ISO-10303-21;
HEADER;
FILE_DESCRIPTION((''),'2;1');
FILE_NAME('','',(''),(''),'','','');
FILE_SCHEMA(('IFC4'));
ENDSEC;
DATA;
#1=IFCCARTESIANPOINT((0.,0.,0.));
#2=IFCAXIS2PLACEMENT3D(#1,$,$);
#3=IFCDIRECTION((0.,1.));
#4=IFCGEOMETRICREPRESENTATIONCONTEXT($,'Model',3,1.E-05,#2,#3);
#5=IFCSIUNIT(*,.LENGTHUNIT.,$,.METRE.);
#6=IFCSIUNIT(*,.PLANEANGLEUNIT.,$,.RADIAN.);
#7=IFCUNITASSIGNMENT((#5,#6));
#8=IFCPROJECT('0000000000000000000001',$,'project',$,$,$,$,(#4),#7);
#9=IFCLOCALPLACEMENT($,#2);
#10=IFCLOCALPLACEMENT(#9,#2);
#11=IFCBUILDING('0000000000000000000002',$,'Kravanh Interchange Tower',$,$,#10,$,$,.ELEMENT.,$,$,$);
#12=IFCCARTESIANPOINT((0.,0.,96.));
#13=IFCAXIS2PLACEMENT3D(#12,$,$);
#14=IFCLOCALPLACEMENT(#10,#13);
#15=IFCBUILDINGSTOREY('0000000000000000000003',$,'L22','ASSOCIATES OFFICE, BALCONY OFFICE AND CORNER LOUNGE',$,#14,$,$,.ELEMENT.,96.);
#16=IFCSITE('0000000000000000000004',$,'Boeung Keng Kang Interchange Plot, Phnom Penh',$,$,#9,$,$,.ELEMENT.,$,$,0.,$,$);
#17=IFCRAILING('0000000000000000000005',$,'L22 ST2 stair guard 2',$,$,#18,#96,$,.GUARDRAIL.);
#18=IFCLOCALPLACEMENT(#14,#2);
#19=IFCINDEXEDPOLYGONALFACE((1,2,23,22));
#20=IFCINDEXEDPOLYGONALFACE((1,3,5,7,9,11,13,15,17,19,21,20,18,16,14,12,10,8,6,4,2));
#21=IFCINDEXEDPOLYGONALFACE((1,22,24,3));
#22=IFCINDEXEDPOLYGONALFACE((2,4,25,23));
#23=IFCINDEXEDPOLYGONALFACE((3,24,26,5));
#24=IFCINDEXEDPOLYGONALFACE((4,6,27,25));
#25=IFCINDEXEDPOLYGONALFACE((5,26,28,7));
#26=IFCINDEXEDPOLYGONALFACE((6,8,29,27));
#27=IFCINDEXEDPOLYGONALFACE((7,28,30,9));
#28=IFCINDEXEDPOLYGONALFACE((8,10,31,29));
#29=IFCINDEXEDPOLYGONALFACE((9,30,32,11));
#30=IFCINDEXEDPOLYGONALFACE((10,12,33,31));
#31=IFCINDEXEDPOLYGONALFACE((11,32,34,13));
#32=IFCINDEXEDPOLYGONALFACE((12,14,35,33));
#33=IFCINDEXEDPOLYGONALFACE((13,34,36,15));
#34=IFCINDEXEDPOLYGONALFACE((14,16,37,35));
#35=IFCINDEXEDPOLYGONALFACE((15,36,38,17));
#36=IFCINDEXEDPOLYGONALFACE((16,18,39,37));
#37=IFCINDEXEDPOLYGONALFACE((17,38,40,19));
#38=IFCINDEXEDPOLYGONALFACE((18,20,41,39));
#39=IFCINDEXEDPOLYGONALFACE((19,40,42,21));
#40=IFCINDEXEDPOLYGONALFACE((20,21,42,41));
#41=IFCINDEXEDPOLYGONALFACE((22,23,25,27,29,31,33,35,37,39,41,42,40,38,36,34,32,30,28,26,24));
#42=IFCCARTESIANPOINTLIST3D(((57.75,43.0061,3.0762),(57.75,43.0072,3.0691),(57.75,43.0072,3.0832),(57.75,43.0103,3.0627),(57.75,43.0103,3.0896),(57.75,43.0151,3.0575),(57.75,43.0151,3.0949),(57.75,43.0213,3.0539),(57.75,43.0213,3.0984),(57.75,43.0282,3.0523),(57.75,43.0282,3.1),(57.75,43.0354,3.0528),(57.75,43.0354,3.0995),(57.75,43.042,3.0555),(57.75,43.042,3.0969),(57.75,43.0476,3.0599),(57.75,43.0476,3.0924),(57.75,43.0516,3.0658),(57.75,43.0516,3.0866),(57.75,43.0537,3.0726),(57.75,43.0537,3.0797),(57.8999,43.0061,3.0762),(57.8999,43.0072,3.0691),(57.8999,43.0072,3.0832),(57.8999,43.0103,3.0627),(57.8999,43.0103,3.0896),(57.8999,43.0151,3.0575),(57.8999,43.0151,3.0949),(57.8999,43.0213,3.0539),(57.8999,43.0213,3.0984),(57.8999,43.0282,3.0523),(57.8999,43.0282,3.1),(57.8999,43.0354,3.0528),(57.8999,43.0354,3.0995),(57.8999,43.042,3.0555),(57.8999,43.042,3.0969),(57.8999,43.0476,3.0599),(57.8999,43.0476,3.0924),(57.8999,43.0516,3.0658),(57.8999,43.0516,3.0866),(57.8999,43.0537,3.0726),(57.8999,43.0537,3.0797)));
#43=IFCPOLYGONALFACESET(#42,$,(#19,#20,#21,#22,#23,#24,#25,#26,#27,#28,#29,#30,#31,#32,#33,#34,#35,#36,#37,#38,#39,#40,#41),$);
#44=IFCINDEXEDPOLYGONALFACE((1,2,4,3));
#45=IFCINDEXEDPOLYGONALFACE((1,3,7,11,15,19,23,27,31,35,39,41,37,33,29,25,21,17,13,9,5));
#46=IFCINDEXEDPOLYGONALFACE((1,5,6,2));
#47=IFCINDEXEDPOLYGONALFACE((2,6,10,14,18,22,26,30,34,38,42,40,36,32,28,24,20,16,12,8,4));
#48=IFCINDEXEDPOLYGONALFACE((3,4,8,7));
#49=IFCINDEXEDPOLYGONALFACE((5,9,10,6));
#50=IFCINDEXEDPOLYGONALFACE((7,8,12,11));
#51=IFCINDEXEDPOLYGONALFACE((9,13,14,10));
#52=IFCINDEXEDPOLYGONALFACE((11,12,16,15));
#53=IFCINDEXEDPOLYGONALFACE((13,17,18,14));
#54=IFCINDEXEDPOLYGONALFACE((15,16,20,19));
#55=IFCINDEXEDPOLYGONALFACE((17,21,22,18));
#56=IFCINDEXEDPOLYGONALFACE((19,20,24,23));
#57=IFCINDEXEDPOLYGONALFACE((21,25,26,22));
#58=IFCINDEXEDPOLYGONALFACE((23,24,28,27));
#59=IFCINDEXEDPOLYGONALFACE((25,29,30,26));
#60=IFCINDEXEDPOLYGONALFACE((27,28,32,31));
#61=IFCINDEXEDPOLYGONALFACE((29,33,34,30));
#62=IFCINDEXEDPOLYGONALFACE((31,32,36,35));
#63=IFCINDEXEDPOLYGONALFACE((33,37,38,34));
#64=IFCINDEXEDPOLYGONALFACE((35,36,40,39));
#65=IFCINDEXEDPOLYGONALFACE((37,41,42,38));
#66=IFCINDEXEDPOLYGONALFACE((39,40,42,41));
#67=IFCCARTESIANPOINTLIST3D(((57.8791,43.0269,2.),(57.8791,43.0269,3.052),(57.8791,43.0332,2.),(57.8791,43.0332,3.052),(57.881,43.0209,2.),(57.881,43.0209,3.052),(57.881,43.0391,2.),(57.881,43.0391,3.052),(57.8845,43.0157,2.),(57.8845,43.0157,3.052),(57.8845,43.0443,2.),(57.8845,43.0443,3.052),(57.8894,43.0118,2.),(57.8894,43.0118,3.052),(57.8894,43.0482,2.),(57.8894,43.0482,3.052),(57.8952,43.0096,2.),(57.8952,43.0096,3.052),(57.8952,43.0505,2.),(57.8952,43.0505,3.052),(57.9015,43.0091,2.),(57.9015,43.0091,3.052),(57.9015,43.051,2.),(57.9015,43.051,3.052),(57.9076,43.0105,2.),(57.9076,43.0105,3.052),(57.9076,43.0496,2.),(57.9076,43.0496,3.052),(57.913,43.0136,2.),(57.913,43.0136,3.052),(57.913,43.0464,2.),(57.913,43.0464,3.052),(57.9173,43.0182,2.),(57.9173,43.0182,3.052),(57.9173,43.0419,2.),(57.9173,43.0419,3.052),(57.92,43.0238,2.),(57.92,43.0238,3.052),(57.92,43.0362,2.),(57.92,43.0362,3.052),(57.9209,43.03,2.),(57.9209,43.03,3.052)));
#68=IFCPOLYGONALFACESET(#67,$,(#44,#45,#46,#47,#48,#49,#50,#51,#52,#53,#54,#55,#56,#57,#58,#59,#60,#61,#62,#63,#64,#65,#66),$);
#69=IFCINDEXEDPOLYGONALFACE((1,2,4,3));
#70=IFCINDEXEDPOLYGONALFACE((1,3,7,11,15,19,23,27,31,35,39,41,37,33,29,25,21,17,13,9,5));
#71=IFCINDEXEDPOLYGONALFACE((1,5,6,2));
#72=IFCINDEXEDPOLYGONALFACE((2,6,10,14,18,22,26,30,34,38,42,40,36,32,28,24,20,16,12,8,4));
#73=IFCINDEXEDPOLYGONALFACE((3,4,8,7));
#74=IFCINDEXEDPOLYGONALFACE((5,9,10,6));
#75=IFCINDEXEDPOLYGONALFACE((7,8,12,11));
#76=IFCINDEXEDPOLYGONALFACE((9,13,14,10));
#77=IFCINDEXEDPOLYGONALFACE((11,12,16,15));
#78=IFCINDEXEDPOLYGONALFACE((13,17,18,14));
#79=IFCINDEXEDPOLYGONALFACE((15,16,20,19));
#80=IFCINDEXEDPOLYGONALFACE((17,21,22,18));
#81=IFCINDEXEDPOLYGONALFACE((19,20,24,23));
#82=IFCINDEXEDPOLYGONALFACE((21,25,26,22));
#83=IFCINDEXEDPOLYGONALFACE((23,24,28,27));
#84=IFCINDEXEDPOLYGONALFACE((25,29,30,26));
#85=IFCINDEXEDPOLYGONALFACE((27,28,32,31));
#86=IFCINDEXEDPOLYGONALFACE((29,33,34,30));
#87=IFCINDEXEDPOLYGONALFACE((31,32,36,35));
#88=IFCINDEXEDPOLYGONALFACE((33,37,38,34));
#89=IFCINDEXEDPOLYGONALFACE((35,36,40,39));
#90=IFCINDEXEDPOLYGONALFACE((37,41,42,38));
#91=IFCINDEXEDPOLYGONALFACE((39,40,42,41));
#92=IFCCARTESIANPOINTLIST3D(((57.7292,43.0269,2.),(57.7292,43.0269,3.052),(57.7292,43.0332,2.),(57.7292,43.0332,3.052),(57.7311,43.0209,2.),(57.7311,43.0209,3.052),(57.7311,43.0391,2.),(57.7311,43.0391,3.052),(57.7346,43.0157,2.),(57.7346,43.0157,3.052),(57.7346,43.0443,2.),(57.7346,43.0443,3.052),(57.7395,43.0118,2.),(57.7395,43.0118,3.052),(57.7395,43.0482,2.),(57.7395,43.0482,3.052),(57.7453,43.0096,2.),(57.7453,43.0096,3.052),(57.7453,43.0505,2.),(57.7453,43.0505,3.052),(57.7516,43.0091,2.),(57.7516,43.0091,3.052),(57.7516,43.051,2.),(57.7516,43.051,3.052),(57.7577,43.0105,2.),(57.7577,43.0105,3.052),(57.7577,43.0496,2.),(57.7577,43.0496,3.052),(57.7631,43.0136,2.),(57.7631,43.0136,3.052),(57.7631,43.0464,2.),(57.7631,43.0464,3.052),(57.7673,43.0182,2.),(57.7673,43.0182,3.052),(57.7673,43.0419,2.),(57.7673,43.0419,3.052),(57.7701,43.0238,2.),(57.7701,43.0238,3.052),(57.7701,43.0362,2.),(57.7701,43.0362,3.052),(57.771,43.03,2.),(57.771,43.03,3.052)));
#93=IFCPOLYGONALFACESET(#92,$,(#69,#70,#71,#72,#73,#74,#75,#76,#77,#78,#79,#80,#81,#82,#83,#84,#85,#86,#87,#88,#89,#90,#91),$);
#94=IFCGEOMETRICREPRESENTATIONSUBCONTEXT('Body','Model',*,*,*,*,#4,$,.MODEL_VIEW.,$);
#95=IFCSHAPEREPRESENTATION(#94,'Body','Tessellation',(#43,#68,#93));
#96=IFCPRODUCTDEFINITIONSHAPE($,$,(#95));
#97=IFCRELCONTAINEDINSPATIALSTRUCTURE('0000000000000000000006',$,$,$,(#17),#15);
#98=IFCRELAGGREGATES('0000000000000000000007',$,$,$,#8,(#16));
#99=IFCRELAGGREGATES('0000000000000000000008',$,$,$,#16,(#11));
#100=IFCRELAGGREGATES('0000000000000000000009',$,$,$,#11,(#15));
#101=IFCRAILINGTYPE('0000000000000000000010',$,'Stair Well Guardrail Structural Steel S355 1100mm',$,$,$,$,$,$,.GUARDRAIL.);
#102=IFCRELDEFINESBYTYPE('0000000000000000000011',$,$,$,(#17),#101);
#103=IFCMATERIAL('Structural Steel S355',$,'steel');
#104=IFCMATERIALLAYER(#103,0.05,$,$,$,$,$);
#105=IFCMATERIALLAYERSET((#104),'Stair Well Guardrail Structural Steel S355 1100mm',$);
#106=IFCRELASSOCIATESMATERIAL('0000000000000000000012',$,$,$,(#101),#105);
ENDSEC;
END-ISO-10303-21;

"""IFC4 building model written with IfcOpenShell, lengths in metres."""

from ifc_helpers import new_model, si_unit, direction, frame, origin, origin_2d, place, context, subcontext, project, spatial, circle, extrude, material, layer, layer_set, type_object, element, save


model = new_model("IFC4")

# Units and contexts
model_context = context("Model", 3, precision=1e-05, world=origin(), true_north=direction((0.0, 1.0)))
body_context = subcontext(model_context, "Body", "Model", "MODEL_VIEW")
ifc_project = project(units=[si_unit("LENGTHUNIT", "METRE"), si_unit("PLANEANGLEUNIT", "RADIAN")], contexts=[model_context])

# Site, building, storey
site_placement = place(None, origin())
site = spatial("IfcSite", under=ifc_project, at=site_placement, Name="Boeung Keng Kang Interchange Plot, Phnom Penh", CompositionType="ELEMENT", RefElevation=0.0)
building_placement = place(site_placement, origin())
building = spatial("IfcBuilding", under=site, at=building_placement, Name="Kravanh Interchange Tower", CompositionType="ELEMENT")
storey_placement = place(building_placement, frame((0.0, 0.0, 96.0)))
storey = spatial("IfcBuildingStorey", under=building, at=storey_placement, Name="L22", Description="ASSOCIATES OFFICE, BALCONY OFFICE AND CORNER LOUNGE", CompositionType="ELEMENT", Elevation=96.0)

# Railing
ifc_material_1 = material(Name="Structural Steel S355", Category="steel")
ifc_layer_1 = layer(ifc_material_1, 0.05)
ifc_layer_set_1 = layer_set([ifc_layer_1], Name="Stair Well Guardrail Structural Steel S355 1100mm")
railing_type_1 = type_object("IfcRailingType", Name="Stair Well Guardrail Structural Steel S355 1100mm", PredefinedType="GUARDRAIL", material=ifc_layer_set_1)
railing_1_placement = place(storey_placement, frame((57.8999, 43.03, 2.0)))
element("IfcRailing", 1, at=railing_1_placement, inside=storey, type_object=railing_type_1, Name="L22 ST2 stair guard 2", PredefinedType="GUARDRAIL", context=body_context, shape_type="SweptSolid", body=[
    extrude(circle(Radius=0.0239, at=origin_2d()), frame((0.0, 0.0, 1.0762), z_axis=(-1.0, 0.0, 0.0), x_axis=(0.0, -1.0, 0.0)), (0.0, 0.0, 1.0), 0.1499),
    extrude(circle(Radius=0.021, at=origin_2d()), origin(), (0.0, 0.0, 1.0), 1.052),
    extrude(circle(Radius=0.021, at=origin_2d()), frame((-0.1499, 0.0, 0.0)), (0.0, 0.0, 1.0), 1.052),
])

save(model, "model.ifc")
